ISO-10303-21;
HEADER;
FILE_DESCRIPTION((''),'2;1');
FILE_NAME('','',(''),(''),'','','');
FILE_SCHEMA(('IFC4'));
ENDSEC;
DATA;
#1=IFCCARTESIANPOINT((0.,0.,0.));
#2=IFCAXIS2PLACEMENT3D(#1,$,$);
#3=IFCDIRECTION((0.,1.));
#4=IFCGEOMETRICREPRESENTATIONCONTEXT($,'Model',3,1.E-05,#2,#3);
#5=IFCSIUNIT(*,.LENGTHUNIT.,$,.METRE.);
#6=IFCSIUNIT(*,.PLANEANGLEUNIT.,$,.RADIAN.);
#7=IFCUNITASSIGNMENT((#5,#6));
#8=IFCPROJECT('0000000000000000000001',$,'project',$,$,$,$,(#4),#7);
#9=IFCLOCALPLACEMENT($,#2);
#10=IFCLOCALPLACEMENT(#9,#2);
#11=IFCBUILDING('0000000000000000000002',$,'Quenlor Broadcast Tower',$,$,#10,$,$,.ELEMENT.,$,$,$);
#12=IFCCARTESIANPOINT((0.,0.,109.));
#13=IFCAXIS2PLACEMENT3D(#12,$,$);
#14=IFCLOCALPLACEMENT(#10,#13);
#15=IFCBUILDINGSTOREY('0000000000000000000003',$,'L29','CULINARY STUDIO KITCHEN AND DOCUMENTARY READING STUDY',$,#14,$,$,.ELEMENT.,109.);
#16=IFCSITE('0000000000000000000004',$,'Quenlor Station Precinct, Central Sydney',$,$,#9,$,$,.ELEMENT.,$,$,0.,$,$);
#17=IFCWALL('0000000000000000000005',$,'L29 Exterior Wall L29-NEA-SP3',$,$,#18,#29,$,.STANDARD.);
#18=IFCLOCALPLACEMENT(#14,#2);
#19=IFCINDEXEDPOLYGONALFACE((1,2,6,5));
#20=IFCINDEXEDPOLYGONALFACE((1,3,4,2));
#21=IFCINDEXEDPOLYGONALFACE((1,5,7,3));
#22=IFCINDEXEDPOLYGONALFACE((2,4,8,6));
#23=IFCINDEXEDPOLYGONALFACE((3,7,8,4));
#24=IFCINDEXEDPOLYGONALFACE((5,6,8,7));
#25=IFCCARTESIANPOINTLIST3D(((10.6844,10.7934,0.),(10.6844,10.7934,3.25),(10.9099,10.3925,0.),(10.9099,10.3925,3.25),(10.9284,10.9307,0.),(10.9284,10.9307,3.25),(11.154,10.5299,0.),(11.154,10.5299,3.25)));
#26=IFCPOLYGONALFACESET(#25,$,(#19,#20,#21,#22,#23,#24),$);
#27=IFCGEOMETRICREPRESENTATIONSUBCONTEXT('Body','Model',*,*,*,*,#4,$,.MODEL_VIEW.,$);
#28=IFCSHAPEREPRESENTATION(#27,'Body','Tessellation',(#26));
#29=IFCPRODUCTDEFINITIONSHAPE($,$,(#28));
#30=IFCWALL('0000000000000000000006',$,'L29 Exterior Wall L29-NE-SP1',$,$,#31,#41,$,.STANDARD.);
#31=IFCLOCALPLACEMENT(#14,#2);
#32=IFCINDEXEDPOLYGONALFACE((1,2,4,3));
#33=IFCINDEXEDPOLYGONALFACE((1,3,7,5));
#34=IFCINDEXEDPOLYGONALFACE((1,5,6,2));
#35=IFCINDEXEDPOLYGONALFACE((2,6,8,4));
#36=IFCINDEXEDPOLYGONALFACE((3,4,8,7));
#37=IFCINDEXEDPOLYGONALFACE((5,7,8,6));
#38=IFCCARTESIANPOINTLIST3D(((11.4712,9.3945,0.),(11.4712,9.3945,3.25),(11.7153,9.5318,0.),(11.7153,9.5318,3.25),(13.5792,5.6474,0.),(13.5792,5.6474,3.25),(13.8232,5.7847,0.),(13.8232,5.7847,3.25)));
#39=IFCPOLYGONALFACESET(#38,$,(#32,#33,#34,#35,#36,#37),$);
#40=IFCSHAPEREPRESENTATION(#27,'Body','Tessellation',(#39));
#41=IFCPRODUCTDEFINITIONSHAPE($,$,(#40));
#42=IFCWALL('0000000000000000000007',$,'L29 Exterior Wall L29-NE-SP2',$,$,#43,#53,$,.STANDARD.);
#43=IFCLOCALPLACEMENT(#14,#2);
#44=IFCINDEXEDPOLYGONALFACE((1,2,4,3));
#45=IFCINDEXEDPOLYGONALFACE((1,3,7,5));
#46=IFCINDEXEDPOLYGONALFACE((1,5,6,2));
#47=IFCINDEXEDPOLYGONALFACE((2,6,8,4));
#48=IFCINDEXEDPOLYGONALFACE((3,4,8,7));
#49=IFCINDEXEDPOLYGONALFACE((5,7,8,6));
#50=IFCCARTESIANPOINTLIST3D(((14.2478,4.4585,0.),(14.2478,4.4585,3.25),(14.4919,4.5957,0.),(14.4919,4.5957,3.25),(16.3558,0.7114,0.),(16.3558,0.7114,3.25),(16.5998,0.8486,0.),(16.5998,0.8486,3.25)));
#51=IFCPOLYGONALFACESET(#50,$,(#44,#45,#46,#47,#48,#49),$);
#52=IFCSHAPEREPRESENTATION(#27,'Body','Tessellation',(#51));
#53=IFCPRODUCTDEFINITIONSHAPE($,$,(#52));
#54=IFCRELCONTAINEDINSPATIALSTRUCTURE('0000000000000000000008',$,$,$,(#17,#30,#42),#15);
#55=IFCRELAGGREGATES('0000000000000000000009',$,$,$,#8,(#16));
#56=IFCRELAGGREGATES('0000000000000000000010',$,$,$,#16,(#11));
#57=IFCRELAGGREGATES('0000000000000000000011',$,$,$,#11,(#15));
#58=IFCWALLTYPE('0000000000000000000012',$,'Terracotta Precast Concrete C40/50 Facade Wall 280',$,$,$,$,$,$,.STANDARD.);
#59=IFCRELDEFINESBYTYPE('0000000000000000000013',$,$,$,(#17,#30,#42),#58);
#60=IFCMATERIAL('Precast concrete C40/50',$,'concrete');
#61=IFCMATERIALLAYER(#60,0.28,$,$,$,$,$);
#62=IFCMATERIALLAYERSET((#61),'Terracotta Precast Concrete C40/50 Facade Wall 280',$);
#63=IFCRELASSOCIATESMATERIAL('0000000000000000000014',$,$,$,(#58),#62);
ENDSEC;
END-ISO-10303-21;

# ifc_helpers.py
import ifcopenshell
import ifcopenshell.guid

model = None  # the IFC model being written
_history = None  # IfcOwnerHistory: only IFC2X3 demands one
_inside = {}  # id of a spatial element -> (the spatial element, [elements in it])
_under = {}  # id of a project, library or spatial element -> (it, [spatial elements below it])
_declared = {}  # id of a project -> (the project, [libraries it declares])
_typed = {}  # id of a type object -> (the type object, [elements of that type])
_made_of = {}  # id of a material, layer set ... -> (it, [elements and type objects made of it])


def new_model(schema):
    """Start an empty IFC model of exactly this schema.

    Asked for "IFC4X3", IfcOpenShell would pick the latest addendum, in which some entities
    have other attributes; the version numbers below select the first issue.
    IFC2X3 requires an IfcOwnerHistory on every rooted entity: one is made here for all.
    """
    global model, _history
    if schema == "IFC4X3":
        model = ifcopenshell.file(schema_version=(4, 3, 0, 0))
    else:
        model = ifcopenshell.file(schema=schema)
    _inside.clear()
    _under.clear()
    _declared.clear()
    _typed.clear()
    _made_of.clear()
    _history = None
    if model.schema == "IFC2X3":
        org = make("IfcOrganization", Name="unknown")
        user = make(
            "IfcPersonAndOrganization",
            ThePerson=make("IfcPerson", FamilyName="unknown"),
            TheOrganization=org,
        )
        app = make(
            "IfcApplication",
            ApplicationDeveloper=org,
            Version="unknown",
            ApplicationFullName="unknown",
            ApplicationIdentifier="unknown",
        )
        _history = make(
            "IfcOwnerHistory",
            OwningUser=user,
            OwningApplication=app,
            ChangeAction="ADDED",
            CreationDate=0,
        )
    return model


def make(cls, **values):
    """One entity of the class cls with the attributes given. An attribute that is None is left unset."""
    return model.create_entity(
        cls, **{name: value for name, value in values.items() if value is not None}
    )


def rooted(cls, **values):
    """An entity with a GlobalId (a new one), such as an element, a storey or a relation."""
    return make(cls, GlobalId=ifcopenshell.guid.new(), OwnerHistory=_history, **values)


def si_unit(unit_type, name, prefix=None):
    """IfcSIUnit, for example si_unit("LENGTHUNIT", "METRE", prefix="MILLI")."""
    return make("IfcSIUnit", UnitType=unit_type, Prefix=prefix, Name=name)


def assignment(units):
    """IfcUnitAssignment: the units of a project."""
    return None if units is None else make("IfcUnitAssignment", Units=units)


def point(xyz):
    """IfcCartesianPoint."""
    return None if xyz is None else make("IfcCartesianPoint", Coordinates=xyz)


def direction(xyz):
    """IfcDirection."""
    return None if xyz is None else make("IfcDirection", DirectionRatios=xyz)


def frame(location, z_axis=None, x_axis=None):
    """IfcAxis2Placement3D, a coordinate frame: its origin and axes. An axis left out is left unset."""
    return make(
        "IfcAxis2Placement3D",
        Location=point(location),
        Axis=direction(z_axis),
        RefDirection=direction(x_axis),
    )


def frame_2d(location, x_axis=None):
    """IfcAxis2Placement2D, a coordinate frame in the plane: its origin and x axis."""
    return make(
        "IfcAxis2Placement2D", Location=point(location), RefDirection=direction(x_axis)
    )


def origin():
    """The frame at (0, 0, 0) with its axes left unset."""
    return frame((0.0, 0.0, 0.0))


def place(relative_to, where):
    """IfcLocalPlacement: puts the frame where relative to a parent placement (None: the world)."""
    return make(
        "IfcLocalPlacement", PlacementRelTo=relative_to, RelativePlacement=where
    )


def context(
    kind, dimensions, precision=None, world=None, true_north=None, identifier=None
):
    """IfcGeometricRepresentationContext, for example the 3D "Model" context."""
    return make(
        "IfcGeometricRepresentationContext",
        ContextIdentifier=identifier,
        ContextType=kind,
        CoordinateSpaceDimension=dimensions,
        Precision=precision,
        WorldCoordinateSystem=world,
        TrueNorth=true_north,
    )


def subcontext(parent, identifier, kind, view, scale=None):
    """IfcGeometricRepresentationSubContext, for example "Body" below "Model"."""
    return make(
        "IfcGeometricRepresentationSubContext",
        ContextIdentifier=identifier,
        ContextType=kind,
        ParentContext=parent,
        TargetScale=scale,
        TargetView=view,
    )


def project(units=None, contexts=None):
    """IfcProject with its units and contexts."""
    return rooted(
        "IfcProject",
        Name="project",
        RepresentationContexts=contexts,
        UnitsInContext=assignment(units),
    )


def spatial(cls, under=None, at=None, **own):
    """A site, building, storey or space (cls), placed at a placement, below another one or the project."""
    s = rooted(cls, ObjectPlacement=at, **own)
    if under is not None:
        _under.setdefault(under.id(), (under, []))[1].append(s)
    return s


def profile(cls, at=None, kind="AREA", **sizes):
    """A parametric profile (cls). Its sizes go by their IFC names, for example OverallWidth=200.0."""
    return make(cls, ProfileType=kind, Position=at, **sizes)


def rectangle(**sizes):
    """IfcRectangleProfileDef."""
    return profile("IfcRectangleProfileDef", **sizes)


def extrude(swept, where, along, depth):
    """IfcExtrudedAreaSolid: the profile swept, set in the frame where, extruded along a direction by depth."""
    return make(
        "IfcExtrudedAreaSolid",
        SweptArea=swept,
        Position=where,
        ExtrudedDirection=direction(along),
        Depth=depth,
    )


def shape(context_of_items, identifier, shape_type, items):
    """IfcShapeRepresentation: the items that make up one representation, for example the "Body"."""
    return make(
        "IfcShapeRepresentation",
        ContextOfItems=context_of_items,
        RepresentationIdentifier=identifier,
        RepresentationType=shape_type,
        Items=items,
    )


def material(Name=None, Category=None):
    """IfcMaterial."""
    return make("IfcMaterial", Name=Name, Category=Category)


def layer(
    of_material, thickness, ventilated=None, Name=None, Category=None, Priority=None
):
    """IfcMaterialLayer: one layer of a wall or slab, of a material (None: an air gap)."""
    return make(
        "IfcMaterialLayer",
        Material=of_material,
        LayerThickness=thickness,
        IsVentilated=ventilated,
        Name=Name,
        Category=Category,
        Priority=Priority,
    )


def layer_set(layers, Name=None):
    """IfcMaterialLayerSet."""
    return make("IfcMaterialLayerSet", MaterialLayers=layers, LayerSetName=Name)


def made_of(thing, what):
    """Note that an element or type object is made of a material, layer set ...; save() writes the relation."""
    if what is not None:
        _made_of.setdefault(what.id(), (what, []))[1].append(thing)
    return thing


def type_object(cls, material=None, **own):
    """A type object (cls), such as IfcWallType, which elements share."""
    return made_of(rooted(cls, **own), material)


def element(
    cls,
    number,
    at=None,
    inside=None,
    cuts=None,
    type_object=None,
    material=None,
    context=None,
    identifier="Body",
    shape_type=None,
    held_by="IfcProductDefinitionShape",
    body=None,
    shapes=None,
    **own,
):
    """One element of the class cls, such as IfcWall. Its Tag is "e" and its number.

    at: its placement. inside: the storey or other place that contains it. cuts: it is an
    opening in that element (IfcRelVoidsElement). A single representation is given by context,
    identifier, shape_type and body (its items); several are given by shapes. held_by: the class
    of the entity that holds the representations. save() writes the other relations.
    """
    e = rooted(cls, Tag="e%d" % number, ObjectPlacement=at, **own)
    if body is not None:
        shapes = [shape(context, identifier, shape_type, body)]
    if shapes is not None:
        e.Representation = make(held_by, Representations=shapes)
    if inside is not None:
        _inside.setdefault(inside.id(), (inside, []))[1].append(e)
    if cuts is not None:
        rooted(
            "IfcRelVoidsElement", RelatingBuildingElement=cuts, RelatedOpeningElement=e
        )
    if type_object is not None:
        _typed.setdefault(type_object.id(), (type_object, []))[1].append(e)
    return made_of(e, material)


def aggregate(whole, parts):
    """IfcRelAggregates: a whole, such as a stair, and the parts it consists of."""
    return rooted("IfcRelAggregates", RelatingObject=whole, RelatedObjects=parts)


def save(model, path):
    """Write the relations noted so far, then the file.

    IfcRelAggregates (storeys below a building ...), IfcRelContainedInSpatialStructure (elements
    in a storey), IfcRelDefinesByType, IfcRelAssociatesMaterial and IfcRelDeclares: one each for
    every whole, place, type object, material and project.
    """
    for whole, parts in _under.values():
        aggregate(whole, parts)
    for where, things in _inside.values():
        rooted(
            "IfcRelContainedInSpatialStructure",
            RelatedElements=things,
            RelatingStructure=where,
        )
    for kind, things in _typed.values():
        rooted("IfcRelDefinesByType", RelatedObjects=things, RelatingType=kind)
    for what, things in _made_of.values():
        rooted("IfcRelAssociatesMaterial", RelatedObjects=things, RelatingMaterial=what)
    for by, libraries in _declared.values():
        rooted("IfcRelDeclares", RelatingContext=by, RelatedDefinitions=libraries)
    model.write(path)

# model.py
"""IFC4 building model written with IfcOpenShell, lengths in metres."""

from ifc_helpers import new_model, si_unit, direction, frame, frame_2d, origin, place, context, subcontext, project, spatial, rectangle, extrude, material, layer, layer_set, type_object, element, save


model = new_model("IFC4")

# Units and contexts
model_context = context("Model", 3, precision=1e-05, world=origin(), true_north=direction((0.0, 1.0)))
body_context = subcontext(model_context, "Body", "Model", "MODEL_VIEW")
ifc_project = project(units=[si_unit("LENGTHUNIT", "METRE"), si_unit("PLANEANGLEUNIT", "RADIAN")], contexts=[model_context])

# Site, building, storey
site_placement = place(None, origin())
site = spatial("IfcSite", under=ifc_project, at=site_placement, Name="Quenlor Station Precinct, Central Sydney", CompositionType="ELEMENT", RefElevation=0.0)
building_placement = place(site_placement, origin())
building = spatial("IfcBuilding", under=site, at=building_placement, Name="Quenlor Broadcast Tower", CompositionType="ELEMENT")
storey_placement = place(building_placement, frame((0.0, 0.0, 109.0)))
storey = spatial("IfcBuildingStorey", under=building, at=storey_placement, Name="L29", Description="CULINARY STUDIO KITCHEN AND DOCUMENTARY READING STUDY", CompositionType="ELEMENT", Elevation=109.0)

# Walls
ifc_material_1 = material(Name="Precast concrete C40/50", Category="concrete")
ifc_layer_1 = layer(ifc_material_1, 0.28)
ifc_layer_set_1 = layer_set([ifc_layer_1], Name="Terracotta Precast Concrete C40/50 Facade Wall 280")
wall_type_1 = type_object("IfcWallType", Name="Terracotta Precast Concrete C40/50 Facade Wall 280", PredefinedType="STANDARD", material=ifc_layer_set_1)
wall_1_placement = place(storey_placement, frame((10.8064, 10.8621, 0.0), z_axis=(0.0, 0.0, 1.0), x_axis=(0.490412, -0.87149, 0.0)))
element("IfcWall", 1, at=wall_1_placement, inside=storey, type_object=wall_type_1, Name="L29 Exterior Wall L29-NEA-SP3", PredefinedType="STANDARD", context=body_context, shape_type="SweptSolid", body=[
    extrude(rectangle(XDim=0.46, YDim=0.28, at=frame_2d((0.23, 0.0))), origin(), (0.0, 0.0, 1.0), 3.25),
])
for number, where, z_axis, x_axis, name in (
    (2, (11.5933, 9.4631, 0.0), (0.0, 0.0, 1.0), (0.490294, -0.871557, 0.0), "L29 Exterior Wall L29-NE-SP1"),
    (3, (14.3699, 4.5271, 0.0), (0.0, 0.0, 1.0), (0.490294, -0.871557, 0.0), "L29 Exterior Wall L29-NE-SP2"),
):
    element("IfcWall", number, at=place(storey_placement, frame(where, z_axis=z_axis, x_axis=x_axis)), inside=storey, type_object=wall_type_1, Name=name, PredefinedType="STANDARD", context=body_context, shape_type="SweptSolid", body=[
        extrude(rectangle(XDim=4.2993, YDim=0.28, at=frame_2d((2.1497, 0.0))), origin(), (0.0, 0.0, 1.0), 3.25),
    ])

save(model, "model.ifc")
